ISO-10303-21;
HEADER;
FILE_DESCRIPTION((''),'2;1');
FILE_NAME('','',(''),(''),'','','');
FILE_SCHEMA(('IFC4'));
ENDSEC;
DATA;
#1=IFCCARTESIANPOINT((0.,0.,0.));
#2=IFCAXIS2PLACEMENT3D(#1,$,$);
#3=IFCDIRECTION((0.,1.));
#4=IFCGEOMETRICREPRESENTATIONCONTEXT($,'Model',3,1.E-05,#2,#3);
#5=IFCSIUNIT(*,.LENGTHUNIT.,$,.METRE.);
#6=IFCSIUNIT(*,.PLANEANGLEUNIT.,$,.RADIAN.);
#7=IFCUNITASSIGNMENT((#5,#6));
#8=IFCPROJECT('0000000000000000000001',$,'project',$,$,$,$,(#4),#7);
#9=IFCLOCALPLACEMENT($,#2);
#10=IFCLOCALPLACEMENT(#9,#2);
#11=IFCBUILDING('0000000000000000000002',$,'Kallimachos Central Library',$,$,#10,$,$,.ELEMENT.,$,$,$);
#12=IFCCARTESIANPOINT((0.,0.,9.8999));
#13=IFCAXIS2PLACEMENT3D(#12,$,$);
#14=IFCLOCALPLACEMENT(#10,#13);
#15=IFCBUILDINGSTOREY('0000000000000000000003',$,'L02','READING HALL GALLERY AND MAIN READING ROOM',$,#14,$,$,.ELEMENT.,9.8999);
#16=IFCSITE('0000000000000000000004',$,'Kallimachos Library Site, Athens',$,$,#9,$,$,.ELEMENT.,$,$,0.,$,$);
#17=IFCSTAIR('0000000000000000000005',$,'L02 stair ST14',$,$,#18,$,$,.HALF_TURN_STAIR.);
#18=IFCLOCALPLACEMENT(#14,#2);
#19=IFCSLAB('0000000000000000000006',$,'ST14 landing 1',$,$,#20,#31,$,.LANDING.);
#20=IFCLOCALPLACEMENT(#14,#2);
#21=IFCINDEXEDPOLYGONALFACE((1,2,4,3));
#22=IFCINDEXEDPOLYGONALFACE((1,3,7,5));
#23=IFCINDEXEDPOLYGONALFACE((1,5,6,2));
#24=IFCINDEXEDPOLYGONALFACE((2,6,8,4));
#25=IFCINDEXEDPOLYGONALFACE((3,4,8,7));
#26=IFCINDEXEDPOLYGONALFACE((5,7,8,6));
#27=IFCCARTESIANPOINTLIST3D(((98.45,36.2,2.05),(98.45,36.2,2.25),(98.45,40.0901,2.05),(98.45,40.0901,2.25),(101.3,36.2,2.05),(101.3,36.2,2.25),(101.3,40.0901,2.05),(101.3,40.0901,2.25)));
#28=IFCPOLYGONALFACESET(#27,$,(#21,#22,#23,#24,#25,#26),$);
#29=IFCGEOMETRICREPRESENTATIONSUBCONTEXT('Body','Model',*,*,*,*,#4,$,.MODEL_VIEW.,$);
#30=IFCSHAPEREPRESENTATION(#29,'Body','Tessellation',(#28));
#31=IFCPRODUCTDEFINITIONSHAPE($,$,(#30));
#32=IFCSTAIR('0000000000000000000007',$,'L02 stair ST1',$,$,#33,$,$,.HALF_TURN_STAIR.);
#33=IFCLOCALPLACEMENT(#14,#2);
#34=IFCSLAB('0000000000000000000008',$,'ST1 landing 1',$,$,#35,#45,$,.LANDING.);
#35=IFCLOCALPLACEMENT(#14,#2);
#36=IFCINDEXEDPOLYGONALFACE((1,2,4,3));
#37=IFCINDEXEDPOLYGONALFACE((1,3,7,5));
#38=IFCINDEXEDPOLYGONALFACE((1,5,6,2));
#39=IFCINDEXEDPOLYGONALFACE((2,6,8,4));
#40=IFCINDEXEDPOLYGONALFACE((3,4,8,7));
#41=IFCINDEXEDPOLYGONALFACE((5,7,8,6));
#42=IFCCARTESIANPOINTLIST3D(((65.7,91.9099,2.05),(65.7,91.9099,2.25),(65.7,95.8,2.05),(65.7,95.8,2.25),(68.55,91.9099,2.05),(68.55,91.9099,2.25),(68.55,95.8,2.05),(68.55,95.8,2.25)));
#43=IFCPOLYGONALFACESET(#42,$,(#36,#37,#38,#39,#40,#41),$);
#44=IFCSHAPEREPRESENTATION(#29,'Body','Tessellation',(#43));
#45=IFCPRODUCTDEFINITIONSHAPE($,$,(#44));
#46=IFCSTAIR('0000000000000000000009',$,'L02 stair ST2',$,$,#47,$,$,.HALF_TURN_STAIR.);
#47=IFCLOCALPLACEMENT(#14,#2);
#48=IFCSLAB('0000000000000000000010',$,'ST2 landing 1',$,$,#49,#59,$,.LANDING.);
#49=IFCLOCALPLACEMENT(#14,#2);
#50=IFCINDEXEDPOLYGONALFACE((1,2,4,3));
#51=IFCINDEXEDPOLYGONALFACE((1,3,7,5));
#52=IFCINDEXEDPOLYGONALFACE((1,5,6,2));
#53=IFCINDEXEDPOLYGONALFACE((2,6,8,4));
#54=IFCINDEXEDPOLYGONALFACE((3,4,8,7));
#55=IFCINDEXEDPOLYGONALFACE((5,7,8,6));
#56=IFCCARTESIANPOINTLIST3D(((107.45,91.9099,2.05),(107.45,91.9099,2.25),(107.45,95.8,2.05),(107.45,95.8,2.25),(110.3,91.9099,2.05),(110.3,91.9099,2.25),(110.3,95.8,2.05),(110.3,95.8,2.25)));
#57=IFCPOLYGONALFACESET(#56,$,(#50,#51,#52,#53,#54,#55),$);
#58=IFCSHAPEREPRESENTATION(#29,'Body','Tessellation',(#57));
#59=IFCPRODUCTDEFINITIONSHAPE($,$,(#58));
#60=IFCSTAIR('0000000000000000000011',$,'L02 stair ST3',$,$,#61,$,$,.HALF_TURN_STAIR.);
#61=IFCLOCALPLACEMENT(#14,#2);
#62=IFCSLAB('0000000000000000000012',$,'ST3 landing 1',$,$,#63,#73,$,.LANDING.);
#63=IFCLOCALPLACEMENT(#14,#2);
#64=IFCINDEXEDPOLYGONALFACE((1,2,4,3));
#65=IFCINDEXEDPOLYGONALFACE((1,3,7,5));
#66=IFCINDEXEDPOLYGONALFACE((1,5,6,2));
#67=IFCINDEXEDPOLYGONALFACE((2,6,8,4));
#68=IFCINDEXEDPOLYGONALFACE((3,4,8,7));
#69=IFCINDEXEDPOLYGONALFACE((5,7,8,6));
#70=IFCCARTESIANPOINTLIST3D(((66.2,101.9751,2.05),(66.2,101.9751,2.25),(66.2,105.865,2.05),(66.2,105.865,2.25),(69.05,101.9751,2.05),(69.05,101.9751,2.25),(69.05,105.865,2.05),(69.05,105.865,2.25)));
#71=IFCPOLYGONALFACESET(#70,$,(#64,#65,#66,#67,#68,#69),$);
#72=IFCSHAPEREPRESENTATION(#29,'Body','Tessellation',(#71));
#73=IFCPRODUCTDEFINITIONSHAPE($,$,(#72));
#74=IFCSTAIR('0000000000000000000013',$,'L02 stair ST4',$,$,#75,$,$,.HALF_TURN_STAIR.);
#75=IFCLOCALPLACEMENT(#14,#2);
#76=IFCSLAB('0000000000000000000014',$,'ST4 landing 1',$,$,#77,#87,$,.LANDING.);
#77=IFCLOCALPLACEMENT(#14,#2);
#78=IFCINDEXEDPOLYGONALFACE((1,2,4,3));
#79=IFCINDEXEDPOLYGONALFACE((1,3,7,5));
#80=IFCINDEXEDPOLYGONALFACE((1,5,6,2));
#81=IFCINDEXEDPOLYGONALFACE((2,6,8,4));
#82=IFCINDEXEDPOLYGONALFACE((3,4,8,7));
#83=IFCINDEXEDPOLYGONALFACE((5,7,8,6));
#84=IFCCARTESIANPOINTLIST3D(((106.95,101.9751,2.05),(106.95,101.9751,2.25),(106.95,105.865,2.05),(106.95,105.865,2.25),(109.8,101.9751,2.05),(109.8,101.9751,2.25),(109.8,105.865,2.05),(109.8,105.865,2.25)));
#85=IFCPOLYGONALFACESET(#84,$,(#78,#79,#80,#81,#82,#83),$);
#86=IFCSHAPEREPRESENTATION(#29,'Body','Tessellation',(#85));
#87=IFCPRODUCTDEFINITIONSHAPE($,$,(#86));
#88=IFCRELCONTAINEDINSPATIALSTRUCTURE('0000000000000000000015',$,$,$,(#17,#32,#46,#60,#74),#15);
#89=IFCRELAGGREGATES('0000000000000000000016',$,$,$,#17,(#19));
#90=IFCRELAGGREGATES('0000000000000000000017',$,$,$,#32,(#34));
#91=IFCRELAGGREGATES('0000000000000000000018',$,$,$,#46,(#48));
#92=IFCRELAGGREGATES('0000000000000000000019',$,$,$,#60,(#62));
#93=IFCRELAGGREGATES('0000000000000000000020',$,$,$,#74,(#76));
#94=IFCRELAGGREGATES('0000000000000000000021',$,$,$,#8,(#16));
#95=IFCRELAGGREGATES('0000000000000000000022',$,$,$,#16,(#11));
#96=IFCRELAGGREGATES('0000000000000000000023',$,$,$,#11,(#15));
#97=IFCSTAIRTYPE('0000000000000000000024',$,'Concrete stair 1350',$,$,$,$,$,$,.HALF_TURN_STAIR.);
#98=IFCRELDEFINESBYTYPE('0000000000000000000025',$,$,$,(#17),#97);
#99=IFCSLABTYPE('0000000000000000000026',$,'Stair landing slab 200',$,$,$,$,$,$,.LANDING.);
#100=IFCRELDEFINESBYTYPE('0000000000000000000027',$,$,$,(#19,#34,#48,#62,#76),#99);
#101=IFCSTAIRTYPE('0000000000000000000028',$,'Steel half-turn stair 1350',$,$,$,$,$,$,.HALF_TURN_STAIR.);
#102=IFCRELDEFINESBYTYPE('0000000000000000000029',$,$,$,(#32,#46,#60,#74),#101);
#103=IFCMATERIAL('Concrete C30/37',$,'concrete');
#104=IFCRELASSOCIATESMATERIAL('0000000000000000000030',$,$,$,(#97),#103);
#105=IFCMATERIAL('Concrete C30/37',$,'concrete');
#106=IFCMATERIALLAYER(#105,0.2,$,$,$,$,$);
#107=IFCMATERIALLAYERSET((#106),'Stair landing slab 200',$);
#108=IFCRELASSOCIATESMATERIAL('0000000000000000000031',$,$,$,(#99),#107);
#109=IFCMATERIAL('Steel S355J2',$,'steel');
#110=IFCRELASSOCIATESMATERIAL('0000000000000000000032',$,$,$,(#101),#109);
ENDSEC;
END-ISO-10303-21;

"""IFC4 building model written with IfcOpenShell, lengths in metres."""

from ifc_helpers import new_model, si_unit, direction, frame, origin, place, context, subcontext, project, spatial, polyline, outline, extrude, material, layer, layer_set, type_object, element, aggregate, save


model = new_model("IFC4")

# Units and contexts
model_context = context("Model", 3, precision=1e-05, world=origin(), true_north=direction((0.0, 1.0)))
body_context = subcontext(model_context, "Body", "Model", "MODEL_VIEW")
ifc_project = project(units=[si_unit("LENGTHUNIT", "METRE"), si_unit("PLANEANGLEUNIT", "RADIAN")], contexts=[model_context])

# Site, building, storey
site_placement = place(None, origin())
site = spatial("IfcSite", under=ifc_project, at=site_placement, Name="Kallimachos Library Site, Athens", CompositionType="ELEMENT", RefElevation=0.0)
building_placement = place(site_placement, origin())
building = spatial("IfcBuilding", under=site, at=building_placement, Name="Kallimachos Central Library", CompositionType="ELEMENT")
storey_placement = place(building_placement, frame((0.0, 0.0, 9.8999)))
storey = spatial("IfcBuildingStorey", under=building, at=storey_placement, Name="L02", Description="READING HALL GALLERY AND MAIN READING ROOM", CompositionType="ELEMENT", Elevation=9.8999)

# Stairs, slabs
ifc_material_1 = material(Name="Concrete C30/37", Category="concrete")
stair_type_1 = type_object("IfcStairType", Name="Concrete stair 1350", PredefinedType="HALF_TURN_STAIR", material=ifc_material_1)
ifc_material_2 = material(Name="Concrete C30/37", Category="concrete")
ifc_layer_1 = layer(ifc_material_2, 0.2)
ifc_layer_set_1 = layer_set([ifc_layer_1], Name="Stair landing slab 200")
slab_type_1 = type_object("IfcSlabType", Name="Stair landing slab 200", PredefinedType="LANDING", material=ifc_layer_set_1)
stair_1_placement = place(storey_placement, origin())
stair_1 = element("IfcStair", 1, at=stair_1_placement, inside=storey, type_object=stair_type_1, Name="L02 stair ST14", PredefinedType="HALF_TURN_STAIR")
slab_1_placement = place(storey_placement, frame((0.0, 0.0, 2.05)))
slab_1 = element("IfcSlab", 2, at=slab_1_placement, type_object=slab_type_1, Name="ST14 landing 1", PredefinedType="LANDING", context=body_context, shape_type="SweptSolid", body=[
    extrude(outline(polyline([(98.45, 40.0901), (98.45, 36.2), (101.3, 36.2), (101.3, 40.0901), (98.45, 40.0901)])), origin(), (0.0, 0.0, 1.0), 0.2),
])
aggregate(stair_1, [slab_1])
ifc_material_3 = material(Name="Steel S355J2", Category="steel")
stair_type_2 = type_object("IfcStairType", Name="Steel half-turn stair 1350", PredefinedType="HALF_TURN_STAIR", material=ifc_material_3)
stair_2_placement = place(storey_placement, origin())
stair_2 = element("IfcStair", 3, at=stair_2_placement, inside=storey, type_object=stair_type_2, Name="L02 stair ST1", PredefinedType="HALF_TURN_STAIR")
slab_2_placement = place(storey_placement, frame((0.0, 0.0, 2.05)))
slab_2 = element("IfcSlab", 4, at=slab_2_placement, type_object=slab_type_1, Name="ST1 landing 1", PredefinedType="LANDING", context=body_context, shape_type="SweptSolid", body=[
    extrude(outline(polyline([(68.55, 91.9099), (68.55, 95.8), (65.7, 95.8), (65.7, 91.9099), (68.55, 91.9099)])), origin(), (0.0, 0.0, 1.0), 0.2),
])
aggregate(stair_2, [slab_2])
stair_3_placement = place(storey_placement, origin())
stair_3 = element("IfcStair", 5, at=stair_3_placement, inside=storey, type_object=stair_type_2, Name="L02 stair ST2", PredefinedType="HALF_TURN_STAIR")
slab_3_placement = place(storey_placement, frame((0.0, 0.0, 2.05)))
slab_3 = element("IfcSlab", 6, at=slab_3_placement, type_object=slab_type_1, Name="ST2 landing 1", PredefinedType="LANDING", context=body_context, shape_type="SweptSolid", body=[
    extrude(outline(polyline([(110.3, 91.9099), (110.3, 95.8), (107.45, 95.8), (107.45, 91.9099), (110.3, 91.9099)])), origin(), (0.0, 0.0, 1.0), 0.2),
])
aggregate(stair_3, [slab_3])
stair_4_placement = place(storey_placement, origin())
stair_4 = element("IfcStair", 7, at=stair_4_placement, inside=storey, type_object=stair_type_2, Name="L02 stair ST3", PredefinedType="HALF_TURN_STAIR")
slab_4_placement = place(storey_placement, frame((0.0, 0.0, 2.05)))
slab_4 = element("IfcSlab", 8, at=slab_4_placement, type_object=slab_type_1, Name="ST3 landing 1", PredefinedType="LANDING", context=body_context, shape_type="SweptSolid", body=[
    extrude(outline(polyline([(66.2, 105.865), (66.2, 101.9751), (69.05, 101.9751), (69.05, 105.865), (66.2, 105.865)])), origin(), (0.0, 0.0, 1.0), 0.2),
])
aggregate(stair_4, [slab_4])
stair_5_placement = place(storey_placement, origin())
stair_5 = element("IfcStair", 9, at=stair_5_placement, inside=storey, type_object=stair_type_2, Name="L02 stair ST4", PredefinedType="HALF_TURN_STAIR")
slab_5_placement = place(storey_placement, frame((0.0, 0.0, 2.05)))
slab_5 = element("IfcSlab", 10, at=slab_5_placement, type_object=slab_type_1, Name="ST4 landing 1", PredefinedType="LANDING", context=body_context, shape_type="SweptSolid", body=[
    extrude(outline(polyline([(106.95, 105.865), (106.95, 101.9751), (109.8, 101.9751), (109.8, 105.865), (106.95, 105.865)])), origin(), (0.0, 0.0, 1.0), 0.2),
])
aggregate(stair_5, [slab_5])

save(model, "model.ifc")
